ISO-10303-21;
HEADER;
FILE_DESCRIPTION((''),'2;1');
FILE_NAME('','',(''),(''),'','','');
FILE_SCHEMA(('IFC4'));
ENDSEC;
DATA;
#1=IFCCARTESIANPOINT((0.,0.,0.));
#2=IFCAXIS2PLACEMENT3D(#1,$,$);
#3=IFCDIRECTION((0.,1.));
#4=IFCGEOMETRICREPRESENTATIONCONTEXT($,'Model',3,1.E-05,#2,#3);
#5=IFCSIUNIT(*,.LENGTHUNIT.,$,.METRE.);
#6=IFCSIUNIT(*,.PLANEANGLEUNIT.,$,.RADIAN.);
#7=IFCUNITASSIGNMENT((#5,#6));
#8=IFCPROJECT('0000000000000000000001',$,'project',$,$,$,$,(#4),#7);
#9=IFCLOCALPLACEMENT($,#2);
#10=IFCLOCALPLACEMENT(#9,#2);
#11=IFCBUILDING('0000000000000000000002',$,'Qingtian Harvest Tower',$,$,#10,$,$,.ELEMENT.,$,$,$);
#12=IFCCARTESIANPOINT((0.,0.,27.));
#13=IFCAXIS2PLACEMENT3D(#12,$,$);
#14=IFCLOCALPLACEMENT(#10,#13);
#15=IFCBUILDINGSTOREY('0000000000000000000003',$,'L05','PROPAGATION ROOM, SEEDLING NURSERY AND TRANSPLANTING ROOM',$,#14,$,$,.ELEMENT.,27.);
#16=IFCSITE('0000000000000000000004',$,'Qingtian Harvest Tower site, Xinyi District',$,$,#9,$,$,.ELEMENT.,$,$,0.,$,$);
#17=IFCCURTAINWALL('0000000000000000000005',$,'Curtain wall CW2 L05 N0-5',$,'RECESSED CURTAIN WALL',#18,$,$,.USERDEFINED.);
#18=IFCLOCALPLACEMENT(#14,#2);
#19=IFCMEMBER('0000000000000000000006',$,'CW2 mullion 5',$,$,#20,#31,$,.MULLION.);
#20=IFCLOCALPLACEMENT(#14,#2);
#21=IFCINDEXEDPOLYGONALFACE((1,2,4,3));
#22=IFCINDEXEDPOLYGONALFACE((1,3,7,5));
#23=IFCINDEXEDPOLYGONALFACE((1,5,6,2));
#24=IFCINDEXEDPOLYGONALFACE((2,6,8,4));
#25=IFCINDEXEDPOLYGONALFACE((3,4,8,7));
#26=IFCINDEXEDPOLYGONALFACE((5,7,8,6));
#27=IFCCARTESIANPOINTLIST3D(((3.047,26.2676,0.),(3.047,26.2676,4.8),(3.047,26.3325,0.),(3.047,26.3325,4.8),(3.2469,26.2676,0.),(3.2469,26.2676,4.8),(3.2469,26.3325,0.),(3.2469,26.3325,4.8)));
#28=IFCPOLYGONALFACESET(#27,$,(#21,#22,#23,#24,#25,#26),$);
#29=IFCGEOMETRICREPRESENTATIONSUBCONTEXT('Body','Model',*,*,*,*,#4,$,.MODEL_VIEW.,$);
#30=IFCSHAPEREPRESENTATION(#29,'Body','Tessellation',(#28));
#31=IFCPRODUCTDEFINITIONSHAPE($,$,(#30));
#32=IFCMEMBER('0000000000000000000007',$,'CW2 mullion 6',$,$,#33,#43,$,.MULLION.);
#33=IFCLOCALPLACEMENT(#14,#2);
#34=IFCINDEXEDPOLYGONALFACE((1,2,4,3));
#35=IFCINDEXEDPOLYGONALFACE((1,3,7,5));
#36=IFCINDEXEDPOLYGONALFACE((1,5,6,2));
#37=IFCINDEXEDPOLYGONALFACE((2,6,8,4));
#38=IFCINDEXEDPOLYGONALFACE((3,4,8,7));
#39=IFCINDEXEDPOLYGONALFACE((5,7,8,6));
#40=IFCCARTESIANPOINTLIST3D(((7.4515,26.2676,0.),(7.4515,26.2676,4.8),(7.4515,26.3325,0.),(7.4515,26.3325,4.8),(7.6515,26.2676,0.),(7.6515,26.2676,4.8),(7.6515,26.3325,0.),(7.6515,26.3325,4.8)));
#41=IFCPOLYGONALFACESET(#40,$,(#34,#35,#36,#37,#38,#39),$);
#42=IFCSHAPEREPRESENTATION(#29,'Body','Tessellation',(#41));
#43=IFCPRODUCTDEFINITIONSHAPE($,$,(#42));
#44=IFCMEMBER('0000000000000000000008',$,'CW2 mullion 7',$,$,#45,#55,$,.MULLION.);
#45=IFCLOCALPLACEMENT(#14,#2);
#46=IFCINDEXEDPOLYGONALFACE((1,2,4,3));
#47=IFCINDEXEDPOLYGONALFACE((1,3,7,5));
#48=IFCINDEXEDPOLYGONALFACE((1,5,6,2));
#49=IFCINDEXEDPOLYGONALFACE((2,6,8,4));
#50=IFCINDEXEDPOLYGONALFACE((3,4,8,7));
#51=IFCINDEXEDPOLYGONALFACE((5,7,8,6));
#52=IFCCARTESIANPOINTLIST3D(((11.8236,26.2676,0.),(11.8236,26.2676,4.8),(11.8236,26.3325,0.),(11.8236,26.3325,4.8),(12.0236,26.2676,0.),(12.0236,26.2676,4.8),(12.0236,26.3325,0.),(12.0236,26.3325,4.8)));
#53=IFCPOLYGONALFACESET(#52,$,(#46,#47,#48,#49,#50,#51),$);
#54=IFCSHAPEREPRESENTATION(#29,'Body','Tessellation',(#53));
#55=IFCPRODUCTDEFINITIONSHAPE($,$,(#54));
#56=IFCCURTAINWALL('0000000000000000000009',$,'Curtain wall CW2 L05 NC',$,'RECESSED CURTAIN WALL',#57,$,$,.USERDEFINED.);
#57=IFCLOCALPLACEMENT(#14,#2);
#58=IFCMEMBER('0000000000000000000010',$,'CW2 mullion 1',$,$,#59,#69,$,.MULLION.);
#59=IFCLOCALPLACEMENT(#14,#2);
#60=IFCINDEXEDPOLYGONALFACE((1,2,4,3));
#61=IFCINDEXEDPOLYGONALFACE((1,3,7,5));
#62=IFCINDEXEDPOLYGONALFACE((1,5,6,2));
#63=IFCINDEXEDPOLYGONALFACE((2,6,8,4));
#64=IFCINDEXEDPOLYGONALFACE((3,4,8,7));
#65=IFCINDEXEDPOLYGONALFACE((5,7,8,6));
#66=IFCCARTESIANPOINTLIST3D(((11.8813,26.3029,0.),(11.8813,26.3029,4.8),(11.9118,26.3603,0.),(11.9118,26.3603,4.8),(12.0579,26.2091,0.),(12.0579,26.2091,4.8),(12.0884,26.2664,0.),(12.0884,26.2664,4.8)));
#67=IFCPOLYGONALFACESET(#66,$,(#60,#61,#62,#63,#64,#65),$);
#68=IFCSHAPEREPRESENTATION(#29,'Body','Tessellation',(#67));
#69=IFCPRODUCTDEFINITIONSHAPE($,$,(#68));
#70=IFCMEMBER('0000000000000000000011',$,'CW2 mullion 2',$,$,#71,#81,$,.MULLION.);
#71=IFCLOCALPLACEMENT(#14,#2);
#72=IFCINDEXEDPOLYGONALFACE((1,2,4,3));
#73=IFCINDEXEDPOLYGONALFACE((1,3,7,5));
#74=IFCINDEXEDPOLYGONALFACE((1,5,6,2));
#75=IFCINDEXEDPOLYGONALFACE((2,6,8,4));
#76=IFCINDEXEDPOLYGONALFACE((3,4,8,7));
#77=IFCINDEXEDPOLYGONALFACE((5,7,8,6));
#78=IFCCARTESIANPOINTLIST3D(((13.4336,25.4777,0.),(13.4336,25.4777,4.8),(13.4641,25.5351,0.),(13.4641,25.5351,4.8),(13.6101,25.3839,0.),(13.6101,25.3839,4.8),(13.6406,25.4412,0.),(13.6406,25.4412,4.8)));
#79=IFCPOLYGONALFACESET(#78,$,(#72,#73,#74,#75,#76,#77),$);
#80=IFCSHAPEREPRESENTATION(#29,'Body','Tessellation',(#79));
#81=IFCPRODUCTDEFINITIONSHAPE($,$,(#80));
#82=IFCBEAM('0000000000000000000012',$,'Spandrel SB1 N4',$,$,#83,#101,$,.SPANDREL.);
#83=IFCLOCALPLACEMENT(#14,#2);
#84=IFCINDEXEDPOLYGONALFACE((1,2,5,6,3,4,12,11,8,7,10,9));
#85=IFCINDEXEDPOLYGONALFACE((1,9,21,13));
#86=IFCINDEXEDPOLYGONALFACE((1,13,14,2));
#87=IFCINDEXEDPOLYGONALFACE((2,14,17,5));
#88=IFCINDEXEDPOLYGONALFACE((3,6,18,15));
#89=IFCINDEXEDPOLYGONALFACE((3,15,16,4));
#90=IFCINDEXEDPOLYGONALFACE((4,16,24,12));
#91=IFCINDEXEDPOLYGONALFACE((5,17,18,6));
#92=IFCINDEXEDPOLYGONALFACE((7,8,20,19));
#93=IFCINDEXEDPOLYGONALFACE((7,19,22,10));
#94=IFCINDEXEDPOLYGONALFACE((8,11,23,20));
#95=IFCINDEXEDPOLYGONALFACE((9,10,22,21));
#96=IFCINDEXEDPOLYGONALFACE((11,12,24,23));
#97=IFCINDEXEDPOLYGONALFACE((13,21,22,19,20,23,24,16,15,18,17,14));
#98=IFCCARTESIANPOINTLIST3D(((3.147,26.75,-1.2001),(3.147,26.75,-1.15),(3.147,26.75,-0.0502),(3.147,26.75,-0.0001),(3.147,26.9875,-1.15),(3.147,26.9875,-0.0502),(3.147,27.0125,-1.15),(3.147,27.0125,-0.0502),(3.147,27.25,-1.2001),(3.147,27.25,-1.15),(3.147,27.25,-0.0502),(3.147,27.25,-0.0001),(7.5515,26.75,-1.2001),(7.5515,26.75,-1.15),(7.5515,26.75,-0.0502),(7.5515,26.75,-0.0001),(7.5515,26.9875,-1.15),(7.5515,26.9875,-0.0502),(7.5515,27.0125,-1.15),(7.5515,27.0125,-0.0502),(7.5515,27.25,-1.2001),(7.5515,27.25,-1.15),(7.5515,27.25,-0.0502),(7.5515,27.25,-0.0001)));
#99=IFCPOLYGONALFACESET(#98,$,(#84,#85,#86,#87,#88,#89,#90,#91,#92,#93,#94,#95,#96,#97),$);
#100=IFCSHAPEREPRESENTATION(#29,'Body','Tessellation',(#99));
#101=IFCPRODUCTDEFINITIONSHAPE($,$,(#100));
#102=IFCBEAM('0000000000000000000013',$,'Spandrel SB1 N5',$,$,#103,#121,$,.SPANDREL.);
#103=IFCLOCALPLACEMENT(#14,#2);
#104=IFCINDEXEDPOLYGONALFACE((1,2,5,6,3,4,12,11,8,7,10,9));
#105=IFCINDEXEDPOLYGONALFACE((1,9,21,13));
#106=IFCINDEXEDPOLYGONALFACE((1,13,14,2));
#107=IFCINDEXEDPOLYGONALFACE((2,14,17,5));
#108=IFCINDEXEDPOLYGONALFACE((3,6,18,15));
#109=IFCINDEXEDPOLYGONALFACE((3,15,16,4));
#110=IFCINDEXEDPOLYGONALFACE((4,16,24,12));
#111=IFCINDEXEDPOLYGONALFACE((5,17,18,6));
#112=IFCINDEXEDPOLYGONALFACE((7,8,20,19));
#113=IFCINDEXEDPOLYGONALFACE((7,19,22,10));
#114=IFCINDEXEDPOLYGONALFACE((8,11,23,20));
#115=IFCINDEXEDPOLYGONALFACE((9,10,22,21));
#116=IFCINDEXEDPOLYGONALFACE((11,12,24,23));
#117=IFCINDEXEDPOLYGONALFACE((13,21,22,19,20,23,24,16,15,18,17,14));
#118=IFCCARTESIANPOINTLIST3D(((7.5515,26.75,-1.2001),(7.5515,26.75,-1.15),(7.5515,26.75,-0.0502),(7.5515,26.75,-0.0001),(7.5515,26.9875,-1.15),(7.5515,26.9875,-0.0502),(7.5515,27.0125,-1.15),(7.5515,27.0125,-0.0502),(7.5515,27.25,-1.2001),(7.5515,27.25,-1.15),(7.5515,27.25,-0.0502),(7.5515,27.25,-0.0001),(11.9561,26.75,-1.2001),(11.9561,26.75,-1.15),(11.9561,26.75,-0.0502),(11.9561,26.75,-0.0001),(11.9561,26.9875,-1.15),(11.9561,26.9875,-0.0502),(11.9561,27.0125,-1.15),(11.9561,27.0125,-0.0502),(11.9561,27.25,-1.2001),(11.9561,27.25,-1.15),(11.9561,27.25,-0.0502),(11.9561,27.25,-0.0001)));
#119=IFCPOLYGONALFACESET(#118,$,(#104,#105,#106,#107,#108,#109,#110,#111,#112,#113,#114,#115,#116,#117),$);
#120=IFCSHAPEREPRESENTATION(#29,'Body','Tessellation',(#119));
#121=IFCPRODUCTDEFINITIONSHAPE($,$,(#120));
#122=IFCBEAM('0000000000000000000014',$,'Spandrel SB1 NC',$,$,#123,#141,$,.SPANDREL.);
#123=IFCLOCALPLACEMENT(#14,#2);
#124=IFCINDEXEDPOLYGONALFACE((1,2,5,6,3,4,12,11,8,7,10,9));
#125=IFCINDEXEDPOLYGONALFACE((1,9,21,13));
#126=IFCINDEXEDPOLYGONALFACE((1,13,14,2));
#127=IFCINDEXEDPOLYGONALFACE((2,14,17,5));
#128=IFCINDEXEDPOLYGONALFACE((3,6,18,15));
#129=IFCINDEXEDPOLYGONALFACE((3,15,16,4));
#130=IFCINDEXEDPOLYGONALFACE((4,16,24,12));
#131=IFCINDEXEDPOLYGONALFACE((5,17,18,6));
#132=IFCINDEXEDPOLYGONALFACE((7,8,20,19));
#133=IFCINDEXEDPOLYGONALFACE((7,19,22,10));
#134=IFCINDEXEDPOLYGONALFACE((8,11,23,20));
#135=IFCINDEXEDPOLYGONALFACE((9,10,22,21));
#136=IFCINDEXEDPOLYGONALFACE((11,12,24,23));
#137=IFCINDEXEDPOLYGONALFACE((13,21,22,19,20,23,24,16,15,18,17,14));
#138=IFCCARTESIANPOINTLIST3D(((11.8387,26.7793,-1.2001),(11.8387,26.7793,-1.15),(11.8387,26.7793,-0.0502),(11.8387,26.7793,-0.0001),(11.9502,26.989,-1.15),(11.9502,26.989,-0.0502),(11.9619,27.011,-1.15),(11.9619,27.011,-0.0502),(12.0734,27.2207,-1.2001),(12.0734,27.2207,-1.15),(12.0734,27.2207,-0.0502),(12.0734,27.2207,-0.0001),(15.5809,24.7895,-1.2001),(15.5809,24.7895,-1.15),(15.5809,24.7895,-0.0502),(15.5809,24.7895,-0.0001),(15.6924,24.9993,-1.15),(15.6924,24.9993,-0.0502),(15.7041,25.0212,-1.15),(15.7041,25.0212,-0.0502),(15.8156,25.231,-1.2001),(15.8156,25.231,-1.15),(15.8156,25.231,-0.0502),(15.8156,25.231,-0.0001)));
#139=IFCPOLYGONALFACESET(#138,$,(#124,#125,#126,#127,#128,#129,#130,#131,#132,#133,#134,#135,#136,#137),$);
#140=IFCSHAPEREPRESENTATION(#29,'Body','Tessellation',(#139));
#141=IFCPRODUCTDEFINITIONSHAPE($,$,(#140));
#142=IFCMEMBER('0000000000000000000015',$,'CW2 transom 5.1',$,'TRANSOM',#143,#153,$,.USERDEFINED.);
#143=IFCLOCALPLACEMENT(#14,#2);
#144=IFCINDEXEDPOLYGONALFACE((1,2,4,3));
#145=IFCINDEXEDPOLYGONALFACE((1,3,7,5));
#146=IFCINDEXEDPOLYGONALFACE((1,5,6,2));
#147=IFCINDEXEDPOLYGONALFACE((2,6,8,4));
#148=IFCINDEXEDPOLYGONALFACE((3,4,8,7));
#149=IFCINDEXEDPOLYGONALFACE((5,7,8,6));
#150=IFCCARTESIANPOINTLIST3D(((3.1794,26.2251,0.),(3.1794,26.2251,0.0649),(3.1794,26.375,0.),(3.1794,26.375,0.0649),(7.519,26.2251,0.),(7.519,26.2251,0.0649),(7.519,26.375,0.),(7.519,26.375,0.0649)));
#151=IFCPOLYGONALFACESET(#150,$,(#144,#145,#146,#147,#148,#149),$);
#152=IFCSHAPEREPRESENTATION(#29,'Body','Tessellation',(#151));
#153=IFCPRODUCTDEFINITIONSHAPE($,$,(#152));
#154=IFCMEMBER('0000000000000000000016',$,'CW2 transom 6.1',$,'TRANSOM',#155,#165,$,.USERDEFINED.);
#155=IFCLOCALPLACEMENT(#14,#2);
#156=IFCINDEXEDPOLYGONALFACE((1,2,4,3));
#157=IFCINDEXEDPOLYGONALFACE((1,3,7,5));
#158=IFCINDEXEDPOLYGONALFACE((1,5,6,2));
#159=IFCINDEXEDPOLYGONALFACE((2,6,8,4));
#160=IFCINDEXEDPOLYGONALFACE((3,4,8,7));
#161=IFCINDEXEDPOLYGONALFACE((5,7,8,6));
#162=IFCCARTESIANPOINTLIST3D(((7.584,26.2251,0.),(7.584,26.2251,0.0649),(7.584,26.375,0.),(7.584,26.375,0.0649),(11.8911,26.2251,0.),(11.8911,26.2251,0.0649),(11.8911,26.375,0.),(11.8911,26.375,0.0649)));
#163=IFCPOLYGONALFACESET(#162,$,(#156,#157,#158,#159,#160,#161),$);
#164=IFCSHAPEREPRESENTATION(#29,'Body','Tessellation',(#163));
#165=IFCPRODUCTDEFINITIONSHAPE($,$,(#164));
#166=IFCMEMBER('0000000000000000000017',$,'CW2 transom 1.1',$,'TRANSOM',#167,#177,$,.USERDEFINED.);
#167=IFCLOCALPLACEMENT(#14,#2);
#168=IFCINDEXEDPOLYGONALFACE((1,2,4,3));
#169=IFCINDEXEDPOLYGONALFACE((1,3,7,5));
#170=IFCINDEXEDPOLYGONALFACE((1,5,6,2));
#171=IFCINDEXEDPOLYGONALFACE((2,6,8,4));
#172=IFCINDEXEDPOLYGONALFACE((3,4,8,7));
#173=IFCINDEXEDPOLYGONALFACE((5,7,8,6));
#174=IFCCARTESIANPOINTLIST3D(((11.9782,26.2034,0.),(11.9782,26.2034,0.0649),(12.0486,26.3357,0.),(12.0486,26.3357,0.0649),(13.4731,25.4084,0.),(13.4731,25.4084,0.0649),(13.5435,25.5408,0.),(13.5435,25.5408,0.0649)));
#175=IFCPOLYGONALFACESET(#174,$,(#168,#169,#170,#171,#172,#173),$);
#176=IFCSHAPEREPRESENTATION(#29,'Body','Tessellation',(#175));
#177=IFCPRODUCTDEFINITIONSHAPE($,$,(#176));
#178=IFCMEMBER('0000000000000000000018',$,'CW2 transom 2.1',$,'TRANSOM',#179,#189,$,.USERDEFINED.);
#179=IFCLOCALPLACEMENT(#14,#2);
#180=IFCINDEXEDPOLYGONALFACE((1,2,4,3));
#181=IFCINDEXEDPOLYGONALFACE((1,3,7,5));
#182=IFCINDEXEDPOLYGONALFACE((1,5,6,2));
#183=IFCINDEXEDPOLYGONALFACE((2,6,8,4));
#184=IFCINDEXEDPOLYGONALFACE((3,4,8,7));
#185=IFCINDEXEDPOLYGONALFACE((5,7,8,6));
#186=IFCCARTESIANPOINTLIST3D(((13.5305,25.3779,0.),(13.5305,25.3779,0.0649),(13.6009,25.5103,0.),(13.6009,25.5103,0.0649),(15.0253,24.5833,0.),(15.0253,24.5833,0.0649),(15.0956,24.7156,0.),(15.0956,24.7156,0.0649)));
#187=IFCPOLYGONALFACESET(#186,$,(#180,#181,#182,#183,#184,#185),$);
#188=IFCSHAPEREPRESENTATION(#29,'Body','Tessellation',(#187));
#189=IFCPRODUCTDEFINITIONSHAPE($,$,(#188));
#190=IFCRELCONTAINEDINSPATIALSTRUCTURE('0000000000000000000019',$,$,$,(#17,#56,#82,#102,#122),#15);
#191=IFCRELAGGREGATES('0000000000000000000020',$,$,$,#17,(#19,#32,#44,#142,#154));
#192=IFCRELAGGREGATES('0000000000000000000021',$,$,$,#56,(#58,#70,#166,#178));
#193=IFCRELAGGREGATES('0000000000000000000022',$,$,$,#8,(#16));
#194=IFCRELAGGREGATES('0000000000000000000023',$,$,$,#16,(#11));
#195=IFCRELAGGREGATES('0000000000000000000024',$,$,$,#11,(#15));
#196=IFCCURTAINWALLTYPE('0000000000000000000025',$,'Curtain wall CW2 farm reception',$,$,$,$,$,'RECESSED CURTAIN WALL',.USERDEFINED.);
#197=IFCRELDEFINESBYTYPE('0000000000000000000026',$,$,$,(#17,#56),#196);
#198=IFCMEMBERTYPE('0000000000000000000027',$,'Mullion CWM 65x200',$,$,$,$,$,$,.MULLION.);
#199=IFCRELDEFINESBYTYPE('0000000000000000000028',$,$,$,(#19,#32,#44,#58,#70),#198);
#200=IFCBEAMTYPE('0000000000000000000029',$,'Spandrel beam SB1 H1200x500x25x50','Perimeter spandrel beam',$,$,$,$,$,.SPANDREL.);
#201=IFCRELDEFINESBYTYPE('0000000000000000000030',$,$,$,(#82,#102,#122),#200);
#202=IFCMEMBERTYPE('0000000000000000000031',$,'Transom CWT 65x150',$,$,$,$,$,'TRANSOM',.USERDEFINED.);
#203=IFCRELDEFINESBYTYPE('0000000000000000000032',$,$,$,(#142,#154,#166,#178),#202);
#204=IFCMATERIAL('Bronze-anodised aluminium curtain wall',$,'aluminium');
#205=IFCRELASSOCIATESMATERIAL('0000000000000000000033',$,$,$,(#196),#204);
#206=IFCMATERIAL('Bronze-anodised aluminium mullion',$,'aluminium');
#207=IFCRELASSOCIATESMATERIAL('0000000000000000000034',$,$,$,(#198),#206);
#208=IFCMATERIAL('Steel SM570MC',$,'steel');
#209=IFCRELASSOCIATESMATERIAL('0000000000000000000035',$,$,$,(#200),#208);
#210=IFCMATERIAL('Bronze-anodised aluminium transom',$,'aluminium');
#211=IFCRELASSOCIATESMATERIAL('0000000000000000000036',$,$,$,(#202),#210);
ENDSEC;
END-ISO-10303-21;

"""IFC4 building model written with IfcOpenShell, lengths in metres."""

from ifc_helpers import new_model, si_unit, direction, frame, origin, origin_2d, place, context, subcontext, project, spatial, rectangle, i_section, extrude, material, material_profile, profile_set, type_object, element, aggregate, save


model = new_model("IFC4")

# Units and contexts
model_context = context("Model", 3, precision=1e-05, world=origin(), true_north=direction((0.0, 1.0)))
body_context = subcontext(model_context, "Body", "Model", "MODEL_VIEW")
ifc_project = project(units=[si_unit("LENGTHUNIT", "METRE"), si_unit("PLANEANGLEUNIT", "RADIAN")], contexts=[model_context])

# Site, building, storey
site_placement = place(None, origin())
site = spatial("IfcSite", under=ifc_project, at=site_placement, Name="Qingtian Harvest Tower site, Xinyi District", CompositionType="ELEMENT", RefElevation=0.0)
building_placement = place(site_placement, origin())
building = spatial("IfcBuilding", under=site, at=building_placement, Name="Qingtian Harvest Tower", CompositionType="ELEMENT")
storey_placement = place(building_placement, frame((0.0, 0.0, 27.0)))
storey = spatial("IfcBuildingStorey", under=building, at=storey_placement, Name="L05", Description="PROPAGATION ROOM, SEEDLING NURSERY AND TRANSPLANTING ROOM", CompositionType="ELEMENT", Elevation=27.0)

# Curtain walls, members
ifc_material_1 = material(Name="Bronze-anodised aluminium curtain wall", Category="aluminium")
curtain_wall_type = type_object("IfcCurtainWallType", Name="Curtain wall CW2 farm reception", ElementType="RECESSED CURTAIN WALL", PredefinedType="USERDEFINED", material=ifc_material_1)
curtain_wall_1_placement = place(storey_placement, origin())
curtain_wall_1 = element("IfcCurtainWall", 1, at=curtain_wall_1_placement, inside=storey, type_object=curtain_wall_type, Name="Curtain wall CW2 L05 N0-5", ObjectType="RECESSED CURTAIN WALL", PredefinedType="USERDEFINED")
ifc_material_2 = material(Name="Bronze-anodised aluminium mullion", Category="aluminium")
ifc_material_profile_1 = material_profile(ifc_material_2, rectangle(XDim=0.0649, YDim=0.2, at=origin_2d()), Name="AL 65x200")
ifc_profile_set_1 = profile_set([ifc_material_profile_1], Name="Bronze-anodised aluminium mullion")
member_type_1 = type_object("IfcMemberType", Name="Mullion CWM 65x200", PredefinedType="MULLION", material=ifc_profile_set_1)
member_1_placement = place(storey_placement, frame((3.147, 26.3, 0.0), z_axis=(0.0, 0.0, 1.0), x_axis=(0.0, 1.0, 0.0)))
member_1 = element("IfcMember", 2, at=member_1_placement, type_object=member_type_1, Name="CW2 mullion 5", PredefinedType="MULLION", context=body_context, shape_type="SweptSolid", body=[
    extrude(rectangle(XDim=0.0649, YDim=0.2, at=origin_2d()), origin(), (0.0, 0.0, 1.0), 4.8),
])
member_2_placement = place(storey_placement, frame((7.5515, 26.3, 0.0), z_axis=(0.0, 0.0, 1.0), x_axis=(0.0, 1.0, 0.0)))
member_2 = element("IfcMember", 3, at=member_2_placement, type_object=member_type_1, Name="CW2 mullion 6", PredefinedType="MULLION", context=body_context, shape_type="SweptSolid", body=[
    extrude(rectangle(XDim=0.0649, YDim=0.2, at=origin_2d()), origin(), (0.0, 0.0, 1.0), 4.8),
])
member_3_placement = place(storey_placement, frame((11.9236, 26.3, 0.0), z_axis=(0.0, 0.0, 1.0), x_axis=(0.0, 1.0, 0.0)))
member_3 = element("IfcMember", 4, at=member_3_placement, type_object=member_type_1, Name="CW2 mullion 7", PredefinedType="MULLION", context=body_context, shape_type="SweptSolid", body=[
    extrude(rectangle(XDim=0.0649, YDim=0.2, at=origin_2d()), origin(), (0.0, 0.0, 1.0), 4.8),
])
curtain_wall_2_placement = place(storey_placement, origin())
curtain_wall_2 = element("IfcCurtainWall", 5, at=curtain_wall_2_placement, inside=storey, type_object=curtain_wall_type, Name="Curtain wall CW2 L05 NC", ObjectType="RECESSED CURTAIN WALL", PredefinedType="USERDEFINED")
member_4_placement = place(storey_placement, frame((11.9849, 26.2847, 0.0), z_axis=(0.0, 0.0, 1.0), x_axis=(0.469472, 0.882948, 0.0)))
member_4 = element("IfcMember", 6, at=member_4_placement, type_object=member_type_1, Name="CW2 mullion 1", PredefinedType="MULLION", context=body_context, shape_type="SweptSolid", body=[
    extrude(rectangle(XDim=0.0649, YDim=0.2, at=origin_2d()), origin(), (0.0, 0.0, 1.0), 4.8),
])
member_5_placement = place(storey_placement, frame((13.5371, 25.4595, 0.0), z_axis=(0.0, 0.0, 1.0), x_axis=(0.469472, 0.882948, 0.0)))
member_5 = element("IfcMember", 7, at=member_5_placement, type_object=member_type_1, Name="CW2 mullion 2", PredefinedType="MULLION", context=body_context, shape_type="SweptSolid", body=[
    extrude(rectangle(XDim=0.0649, YDim=0.2, at=origin_2d()), origin(), (0.0, 0.0, 1.0), 4.8),
])

# Beams
ifc_material_3 = material(Name="Steel SM570MC", Category="steel")
ifc_material_profile_2 = material_profile(ifc_material_3, i_section(OverallWidth=0.5, OverallDepth=1.2, WebThickness=0.0249, FlangeThickness=0.05, at=origin_2d()), Name="H1200x500x25x50")
ifc_profile_set_2 = profile_set([ifc_material_profile_2], Name="Steel SM570MC")
beam_type_1 = type_object("IfcBeamType", Name="Spandrel beam SB1 H1200x500x25x50", Description="Perimeter spandrel beam", PredefinedType="SPANDREL", material=ifc_profile_set_2)
for number, where, z_axis, x_axis, name in (
    (8, (3.147, 27.0, -0.6001), (1.0, 0.0, 0.0), (0.0, 1.0, 0.0), "Spandrel SB1 N4"),
    (9, (7.5515, 27.0, -0.6001), (1.0, 0.0, 0.0), (0.0, 1.0, 0.0), "Spandrel SB1 N5"),
):
    element("IfcBeam", number, at=place(storey_placement, frame(where, z_axis=z_axis, x_axis=x_axis)), inside=storey, type_object=beam_type_1, Name=name, PredefinedType="SPANDREL", context=body_context, shape_type="SweptSolid", body=[
        extrude(i_section(OverallWidth=0.5, OverallDepth=1.2, WebThickness=0.0249, FlangeThickness=0.05, at=origin_2d()), origin(), (0.0, 0.0, 1.0), 4.4045),
    ])
beam_1_placement = place(storey_placement, frame((11.9561, 27.0, -0.6001), z_axis=(0.882949, -0.46947, 0.0), x_axis=(0.46947, 0.882949, 0.0)))
element("IfcBeam", 10, at=beam_1_placement, inside=storey, type_object=beam_type_1, Name="Spandrel SB1 NC", PredefinedType="SPANDREL", context=body_context, shape_type="SweptSolid", body=[
    extrude(i_section(OverallWidth=0.5, OverallDepth=1.2, WebThickness=0.0249, FlangeThickness=0.05, at=origin_2d()), origin(), (0.0, 0.0, 1.0), 4.2383),
])

# Members
ifc_material_4 = material(Name="Bronze-anodised aluminium transom", Category="aluminium")
ifc_material_profile_3 = material_profile(ifc_material_4, rectangle(XDim=0.1499, YDim=0.0649, at=origin_2d()), Name="AL 65x150")
ifc_profile_set_3 = profile_set([ifc_material_profile_3], Name="Bronze-anodised aluminium transom")
member_type_2 = type_object("IfcMemberType", Name="Transom CWT 65x150", ElementType="TRANSOM", PredefinedType="USERDEFINED", material=ifc_profile_set_3)
member_6_placement = place(storey_placement, frame((3.1794, 26.3, 0.0325), z_axis=(1.0, 0.0, 0.0), x_axis=(0.0, 1.0, 0.0)))
member_6 = element("IfcMember", 11, at=member_6_placement, type_object=member_type_2, Name="CW2 transom 5.1", ObjectType="TRANSOM", PredefinedType="USERDEFINED", context=body_context, shape_type="SweptSolid", body=[
    extrude(rectangle(XDim=0.1499, YDim=0.0649, at=origin_2d()), origin(), (0.0, 0.0, 1.0), 4.3396),
])
member_7_placement = place(storey_placement, frame((7.584, 26.3, 0.0325), z_axis=(1.0, 0.0, 0.0), x_axis=(0.0, 1.0, 0.0)))
member_7 = element("IfcMember", 12, at=member_7_placement, type_object=member_type_2, Name="CW2 transom 6.1", ObjectType="TRANSOM", PredefinedType="USERDEFINED", context=body_context, shape_type="SweptSolid", body=[
    extrude(rectangle(XDim=0.1499, YDim=0.0649, at=origin_2d()), origin(), (0.0, 0.0, 1.0), 4.3071),
])
member_8_placement = place(storey_placement, frame((12.0134, 26.2695, 0.0325), z_axis=(0.882927, -0.46951, 0.0), x_axis=(0.46951, 0.882927, 0.0)))
member_8 = element("IfcMember", 13, at=member_8_placement, type_object=member_type_2, Name="CW2 transom 1.1", ObjectType="TRANSOM", PredefinedType="USERDEFINED", context=body_context, shape_type="SweptSolid", body=[
    extrude(rectangle(XDim=0.1499, YDim=0.0649, at=origin_2d()), origin(), (0.0, 0.0, 1.0), 1.6931),
])
member_9_placement = place(storey_placement, frame((13.5657, 25.4441, 0.0325), z_axis=(0.882987, -0.469398, 0.0), x_axis=(0.469398, 0.882987, 0.0)))
member_9 = element("IfcMember", 14, at=member_9_placement, type_object=member_type_2, Name="CW2 transom 2.1", ObjectType="TRANSOM", PredefinedType="USERDEFINED", context=body_context, shape_type="SweptSolid", body=[
    extrude(rectangle(XDim=0.1499, YDim=0.0649, at=origin_2d()), origin(), (0.0, 0.0, 1.0), 1.6929),
])

aggregate(curtain_wall_1, [member_1, member_2, member_3, member_6, member_7])
aggregate(curtain_wall_2, [member_4, member_5, member_8, member_9])

save(model, "model.ifc")
